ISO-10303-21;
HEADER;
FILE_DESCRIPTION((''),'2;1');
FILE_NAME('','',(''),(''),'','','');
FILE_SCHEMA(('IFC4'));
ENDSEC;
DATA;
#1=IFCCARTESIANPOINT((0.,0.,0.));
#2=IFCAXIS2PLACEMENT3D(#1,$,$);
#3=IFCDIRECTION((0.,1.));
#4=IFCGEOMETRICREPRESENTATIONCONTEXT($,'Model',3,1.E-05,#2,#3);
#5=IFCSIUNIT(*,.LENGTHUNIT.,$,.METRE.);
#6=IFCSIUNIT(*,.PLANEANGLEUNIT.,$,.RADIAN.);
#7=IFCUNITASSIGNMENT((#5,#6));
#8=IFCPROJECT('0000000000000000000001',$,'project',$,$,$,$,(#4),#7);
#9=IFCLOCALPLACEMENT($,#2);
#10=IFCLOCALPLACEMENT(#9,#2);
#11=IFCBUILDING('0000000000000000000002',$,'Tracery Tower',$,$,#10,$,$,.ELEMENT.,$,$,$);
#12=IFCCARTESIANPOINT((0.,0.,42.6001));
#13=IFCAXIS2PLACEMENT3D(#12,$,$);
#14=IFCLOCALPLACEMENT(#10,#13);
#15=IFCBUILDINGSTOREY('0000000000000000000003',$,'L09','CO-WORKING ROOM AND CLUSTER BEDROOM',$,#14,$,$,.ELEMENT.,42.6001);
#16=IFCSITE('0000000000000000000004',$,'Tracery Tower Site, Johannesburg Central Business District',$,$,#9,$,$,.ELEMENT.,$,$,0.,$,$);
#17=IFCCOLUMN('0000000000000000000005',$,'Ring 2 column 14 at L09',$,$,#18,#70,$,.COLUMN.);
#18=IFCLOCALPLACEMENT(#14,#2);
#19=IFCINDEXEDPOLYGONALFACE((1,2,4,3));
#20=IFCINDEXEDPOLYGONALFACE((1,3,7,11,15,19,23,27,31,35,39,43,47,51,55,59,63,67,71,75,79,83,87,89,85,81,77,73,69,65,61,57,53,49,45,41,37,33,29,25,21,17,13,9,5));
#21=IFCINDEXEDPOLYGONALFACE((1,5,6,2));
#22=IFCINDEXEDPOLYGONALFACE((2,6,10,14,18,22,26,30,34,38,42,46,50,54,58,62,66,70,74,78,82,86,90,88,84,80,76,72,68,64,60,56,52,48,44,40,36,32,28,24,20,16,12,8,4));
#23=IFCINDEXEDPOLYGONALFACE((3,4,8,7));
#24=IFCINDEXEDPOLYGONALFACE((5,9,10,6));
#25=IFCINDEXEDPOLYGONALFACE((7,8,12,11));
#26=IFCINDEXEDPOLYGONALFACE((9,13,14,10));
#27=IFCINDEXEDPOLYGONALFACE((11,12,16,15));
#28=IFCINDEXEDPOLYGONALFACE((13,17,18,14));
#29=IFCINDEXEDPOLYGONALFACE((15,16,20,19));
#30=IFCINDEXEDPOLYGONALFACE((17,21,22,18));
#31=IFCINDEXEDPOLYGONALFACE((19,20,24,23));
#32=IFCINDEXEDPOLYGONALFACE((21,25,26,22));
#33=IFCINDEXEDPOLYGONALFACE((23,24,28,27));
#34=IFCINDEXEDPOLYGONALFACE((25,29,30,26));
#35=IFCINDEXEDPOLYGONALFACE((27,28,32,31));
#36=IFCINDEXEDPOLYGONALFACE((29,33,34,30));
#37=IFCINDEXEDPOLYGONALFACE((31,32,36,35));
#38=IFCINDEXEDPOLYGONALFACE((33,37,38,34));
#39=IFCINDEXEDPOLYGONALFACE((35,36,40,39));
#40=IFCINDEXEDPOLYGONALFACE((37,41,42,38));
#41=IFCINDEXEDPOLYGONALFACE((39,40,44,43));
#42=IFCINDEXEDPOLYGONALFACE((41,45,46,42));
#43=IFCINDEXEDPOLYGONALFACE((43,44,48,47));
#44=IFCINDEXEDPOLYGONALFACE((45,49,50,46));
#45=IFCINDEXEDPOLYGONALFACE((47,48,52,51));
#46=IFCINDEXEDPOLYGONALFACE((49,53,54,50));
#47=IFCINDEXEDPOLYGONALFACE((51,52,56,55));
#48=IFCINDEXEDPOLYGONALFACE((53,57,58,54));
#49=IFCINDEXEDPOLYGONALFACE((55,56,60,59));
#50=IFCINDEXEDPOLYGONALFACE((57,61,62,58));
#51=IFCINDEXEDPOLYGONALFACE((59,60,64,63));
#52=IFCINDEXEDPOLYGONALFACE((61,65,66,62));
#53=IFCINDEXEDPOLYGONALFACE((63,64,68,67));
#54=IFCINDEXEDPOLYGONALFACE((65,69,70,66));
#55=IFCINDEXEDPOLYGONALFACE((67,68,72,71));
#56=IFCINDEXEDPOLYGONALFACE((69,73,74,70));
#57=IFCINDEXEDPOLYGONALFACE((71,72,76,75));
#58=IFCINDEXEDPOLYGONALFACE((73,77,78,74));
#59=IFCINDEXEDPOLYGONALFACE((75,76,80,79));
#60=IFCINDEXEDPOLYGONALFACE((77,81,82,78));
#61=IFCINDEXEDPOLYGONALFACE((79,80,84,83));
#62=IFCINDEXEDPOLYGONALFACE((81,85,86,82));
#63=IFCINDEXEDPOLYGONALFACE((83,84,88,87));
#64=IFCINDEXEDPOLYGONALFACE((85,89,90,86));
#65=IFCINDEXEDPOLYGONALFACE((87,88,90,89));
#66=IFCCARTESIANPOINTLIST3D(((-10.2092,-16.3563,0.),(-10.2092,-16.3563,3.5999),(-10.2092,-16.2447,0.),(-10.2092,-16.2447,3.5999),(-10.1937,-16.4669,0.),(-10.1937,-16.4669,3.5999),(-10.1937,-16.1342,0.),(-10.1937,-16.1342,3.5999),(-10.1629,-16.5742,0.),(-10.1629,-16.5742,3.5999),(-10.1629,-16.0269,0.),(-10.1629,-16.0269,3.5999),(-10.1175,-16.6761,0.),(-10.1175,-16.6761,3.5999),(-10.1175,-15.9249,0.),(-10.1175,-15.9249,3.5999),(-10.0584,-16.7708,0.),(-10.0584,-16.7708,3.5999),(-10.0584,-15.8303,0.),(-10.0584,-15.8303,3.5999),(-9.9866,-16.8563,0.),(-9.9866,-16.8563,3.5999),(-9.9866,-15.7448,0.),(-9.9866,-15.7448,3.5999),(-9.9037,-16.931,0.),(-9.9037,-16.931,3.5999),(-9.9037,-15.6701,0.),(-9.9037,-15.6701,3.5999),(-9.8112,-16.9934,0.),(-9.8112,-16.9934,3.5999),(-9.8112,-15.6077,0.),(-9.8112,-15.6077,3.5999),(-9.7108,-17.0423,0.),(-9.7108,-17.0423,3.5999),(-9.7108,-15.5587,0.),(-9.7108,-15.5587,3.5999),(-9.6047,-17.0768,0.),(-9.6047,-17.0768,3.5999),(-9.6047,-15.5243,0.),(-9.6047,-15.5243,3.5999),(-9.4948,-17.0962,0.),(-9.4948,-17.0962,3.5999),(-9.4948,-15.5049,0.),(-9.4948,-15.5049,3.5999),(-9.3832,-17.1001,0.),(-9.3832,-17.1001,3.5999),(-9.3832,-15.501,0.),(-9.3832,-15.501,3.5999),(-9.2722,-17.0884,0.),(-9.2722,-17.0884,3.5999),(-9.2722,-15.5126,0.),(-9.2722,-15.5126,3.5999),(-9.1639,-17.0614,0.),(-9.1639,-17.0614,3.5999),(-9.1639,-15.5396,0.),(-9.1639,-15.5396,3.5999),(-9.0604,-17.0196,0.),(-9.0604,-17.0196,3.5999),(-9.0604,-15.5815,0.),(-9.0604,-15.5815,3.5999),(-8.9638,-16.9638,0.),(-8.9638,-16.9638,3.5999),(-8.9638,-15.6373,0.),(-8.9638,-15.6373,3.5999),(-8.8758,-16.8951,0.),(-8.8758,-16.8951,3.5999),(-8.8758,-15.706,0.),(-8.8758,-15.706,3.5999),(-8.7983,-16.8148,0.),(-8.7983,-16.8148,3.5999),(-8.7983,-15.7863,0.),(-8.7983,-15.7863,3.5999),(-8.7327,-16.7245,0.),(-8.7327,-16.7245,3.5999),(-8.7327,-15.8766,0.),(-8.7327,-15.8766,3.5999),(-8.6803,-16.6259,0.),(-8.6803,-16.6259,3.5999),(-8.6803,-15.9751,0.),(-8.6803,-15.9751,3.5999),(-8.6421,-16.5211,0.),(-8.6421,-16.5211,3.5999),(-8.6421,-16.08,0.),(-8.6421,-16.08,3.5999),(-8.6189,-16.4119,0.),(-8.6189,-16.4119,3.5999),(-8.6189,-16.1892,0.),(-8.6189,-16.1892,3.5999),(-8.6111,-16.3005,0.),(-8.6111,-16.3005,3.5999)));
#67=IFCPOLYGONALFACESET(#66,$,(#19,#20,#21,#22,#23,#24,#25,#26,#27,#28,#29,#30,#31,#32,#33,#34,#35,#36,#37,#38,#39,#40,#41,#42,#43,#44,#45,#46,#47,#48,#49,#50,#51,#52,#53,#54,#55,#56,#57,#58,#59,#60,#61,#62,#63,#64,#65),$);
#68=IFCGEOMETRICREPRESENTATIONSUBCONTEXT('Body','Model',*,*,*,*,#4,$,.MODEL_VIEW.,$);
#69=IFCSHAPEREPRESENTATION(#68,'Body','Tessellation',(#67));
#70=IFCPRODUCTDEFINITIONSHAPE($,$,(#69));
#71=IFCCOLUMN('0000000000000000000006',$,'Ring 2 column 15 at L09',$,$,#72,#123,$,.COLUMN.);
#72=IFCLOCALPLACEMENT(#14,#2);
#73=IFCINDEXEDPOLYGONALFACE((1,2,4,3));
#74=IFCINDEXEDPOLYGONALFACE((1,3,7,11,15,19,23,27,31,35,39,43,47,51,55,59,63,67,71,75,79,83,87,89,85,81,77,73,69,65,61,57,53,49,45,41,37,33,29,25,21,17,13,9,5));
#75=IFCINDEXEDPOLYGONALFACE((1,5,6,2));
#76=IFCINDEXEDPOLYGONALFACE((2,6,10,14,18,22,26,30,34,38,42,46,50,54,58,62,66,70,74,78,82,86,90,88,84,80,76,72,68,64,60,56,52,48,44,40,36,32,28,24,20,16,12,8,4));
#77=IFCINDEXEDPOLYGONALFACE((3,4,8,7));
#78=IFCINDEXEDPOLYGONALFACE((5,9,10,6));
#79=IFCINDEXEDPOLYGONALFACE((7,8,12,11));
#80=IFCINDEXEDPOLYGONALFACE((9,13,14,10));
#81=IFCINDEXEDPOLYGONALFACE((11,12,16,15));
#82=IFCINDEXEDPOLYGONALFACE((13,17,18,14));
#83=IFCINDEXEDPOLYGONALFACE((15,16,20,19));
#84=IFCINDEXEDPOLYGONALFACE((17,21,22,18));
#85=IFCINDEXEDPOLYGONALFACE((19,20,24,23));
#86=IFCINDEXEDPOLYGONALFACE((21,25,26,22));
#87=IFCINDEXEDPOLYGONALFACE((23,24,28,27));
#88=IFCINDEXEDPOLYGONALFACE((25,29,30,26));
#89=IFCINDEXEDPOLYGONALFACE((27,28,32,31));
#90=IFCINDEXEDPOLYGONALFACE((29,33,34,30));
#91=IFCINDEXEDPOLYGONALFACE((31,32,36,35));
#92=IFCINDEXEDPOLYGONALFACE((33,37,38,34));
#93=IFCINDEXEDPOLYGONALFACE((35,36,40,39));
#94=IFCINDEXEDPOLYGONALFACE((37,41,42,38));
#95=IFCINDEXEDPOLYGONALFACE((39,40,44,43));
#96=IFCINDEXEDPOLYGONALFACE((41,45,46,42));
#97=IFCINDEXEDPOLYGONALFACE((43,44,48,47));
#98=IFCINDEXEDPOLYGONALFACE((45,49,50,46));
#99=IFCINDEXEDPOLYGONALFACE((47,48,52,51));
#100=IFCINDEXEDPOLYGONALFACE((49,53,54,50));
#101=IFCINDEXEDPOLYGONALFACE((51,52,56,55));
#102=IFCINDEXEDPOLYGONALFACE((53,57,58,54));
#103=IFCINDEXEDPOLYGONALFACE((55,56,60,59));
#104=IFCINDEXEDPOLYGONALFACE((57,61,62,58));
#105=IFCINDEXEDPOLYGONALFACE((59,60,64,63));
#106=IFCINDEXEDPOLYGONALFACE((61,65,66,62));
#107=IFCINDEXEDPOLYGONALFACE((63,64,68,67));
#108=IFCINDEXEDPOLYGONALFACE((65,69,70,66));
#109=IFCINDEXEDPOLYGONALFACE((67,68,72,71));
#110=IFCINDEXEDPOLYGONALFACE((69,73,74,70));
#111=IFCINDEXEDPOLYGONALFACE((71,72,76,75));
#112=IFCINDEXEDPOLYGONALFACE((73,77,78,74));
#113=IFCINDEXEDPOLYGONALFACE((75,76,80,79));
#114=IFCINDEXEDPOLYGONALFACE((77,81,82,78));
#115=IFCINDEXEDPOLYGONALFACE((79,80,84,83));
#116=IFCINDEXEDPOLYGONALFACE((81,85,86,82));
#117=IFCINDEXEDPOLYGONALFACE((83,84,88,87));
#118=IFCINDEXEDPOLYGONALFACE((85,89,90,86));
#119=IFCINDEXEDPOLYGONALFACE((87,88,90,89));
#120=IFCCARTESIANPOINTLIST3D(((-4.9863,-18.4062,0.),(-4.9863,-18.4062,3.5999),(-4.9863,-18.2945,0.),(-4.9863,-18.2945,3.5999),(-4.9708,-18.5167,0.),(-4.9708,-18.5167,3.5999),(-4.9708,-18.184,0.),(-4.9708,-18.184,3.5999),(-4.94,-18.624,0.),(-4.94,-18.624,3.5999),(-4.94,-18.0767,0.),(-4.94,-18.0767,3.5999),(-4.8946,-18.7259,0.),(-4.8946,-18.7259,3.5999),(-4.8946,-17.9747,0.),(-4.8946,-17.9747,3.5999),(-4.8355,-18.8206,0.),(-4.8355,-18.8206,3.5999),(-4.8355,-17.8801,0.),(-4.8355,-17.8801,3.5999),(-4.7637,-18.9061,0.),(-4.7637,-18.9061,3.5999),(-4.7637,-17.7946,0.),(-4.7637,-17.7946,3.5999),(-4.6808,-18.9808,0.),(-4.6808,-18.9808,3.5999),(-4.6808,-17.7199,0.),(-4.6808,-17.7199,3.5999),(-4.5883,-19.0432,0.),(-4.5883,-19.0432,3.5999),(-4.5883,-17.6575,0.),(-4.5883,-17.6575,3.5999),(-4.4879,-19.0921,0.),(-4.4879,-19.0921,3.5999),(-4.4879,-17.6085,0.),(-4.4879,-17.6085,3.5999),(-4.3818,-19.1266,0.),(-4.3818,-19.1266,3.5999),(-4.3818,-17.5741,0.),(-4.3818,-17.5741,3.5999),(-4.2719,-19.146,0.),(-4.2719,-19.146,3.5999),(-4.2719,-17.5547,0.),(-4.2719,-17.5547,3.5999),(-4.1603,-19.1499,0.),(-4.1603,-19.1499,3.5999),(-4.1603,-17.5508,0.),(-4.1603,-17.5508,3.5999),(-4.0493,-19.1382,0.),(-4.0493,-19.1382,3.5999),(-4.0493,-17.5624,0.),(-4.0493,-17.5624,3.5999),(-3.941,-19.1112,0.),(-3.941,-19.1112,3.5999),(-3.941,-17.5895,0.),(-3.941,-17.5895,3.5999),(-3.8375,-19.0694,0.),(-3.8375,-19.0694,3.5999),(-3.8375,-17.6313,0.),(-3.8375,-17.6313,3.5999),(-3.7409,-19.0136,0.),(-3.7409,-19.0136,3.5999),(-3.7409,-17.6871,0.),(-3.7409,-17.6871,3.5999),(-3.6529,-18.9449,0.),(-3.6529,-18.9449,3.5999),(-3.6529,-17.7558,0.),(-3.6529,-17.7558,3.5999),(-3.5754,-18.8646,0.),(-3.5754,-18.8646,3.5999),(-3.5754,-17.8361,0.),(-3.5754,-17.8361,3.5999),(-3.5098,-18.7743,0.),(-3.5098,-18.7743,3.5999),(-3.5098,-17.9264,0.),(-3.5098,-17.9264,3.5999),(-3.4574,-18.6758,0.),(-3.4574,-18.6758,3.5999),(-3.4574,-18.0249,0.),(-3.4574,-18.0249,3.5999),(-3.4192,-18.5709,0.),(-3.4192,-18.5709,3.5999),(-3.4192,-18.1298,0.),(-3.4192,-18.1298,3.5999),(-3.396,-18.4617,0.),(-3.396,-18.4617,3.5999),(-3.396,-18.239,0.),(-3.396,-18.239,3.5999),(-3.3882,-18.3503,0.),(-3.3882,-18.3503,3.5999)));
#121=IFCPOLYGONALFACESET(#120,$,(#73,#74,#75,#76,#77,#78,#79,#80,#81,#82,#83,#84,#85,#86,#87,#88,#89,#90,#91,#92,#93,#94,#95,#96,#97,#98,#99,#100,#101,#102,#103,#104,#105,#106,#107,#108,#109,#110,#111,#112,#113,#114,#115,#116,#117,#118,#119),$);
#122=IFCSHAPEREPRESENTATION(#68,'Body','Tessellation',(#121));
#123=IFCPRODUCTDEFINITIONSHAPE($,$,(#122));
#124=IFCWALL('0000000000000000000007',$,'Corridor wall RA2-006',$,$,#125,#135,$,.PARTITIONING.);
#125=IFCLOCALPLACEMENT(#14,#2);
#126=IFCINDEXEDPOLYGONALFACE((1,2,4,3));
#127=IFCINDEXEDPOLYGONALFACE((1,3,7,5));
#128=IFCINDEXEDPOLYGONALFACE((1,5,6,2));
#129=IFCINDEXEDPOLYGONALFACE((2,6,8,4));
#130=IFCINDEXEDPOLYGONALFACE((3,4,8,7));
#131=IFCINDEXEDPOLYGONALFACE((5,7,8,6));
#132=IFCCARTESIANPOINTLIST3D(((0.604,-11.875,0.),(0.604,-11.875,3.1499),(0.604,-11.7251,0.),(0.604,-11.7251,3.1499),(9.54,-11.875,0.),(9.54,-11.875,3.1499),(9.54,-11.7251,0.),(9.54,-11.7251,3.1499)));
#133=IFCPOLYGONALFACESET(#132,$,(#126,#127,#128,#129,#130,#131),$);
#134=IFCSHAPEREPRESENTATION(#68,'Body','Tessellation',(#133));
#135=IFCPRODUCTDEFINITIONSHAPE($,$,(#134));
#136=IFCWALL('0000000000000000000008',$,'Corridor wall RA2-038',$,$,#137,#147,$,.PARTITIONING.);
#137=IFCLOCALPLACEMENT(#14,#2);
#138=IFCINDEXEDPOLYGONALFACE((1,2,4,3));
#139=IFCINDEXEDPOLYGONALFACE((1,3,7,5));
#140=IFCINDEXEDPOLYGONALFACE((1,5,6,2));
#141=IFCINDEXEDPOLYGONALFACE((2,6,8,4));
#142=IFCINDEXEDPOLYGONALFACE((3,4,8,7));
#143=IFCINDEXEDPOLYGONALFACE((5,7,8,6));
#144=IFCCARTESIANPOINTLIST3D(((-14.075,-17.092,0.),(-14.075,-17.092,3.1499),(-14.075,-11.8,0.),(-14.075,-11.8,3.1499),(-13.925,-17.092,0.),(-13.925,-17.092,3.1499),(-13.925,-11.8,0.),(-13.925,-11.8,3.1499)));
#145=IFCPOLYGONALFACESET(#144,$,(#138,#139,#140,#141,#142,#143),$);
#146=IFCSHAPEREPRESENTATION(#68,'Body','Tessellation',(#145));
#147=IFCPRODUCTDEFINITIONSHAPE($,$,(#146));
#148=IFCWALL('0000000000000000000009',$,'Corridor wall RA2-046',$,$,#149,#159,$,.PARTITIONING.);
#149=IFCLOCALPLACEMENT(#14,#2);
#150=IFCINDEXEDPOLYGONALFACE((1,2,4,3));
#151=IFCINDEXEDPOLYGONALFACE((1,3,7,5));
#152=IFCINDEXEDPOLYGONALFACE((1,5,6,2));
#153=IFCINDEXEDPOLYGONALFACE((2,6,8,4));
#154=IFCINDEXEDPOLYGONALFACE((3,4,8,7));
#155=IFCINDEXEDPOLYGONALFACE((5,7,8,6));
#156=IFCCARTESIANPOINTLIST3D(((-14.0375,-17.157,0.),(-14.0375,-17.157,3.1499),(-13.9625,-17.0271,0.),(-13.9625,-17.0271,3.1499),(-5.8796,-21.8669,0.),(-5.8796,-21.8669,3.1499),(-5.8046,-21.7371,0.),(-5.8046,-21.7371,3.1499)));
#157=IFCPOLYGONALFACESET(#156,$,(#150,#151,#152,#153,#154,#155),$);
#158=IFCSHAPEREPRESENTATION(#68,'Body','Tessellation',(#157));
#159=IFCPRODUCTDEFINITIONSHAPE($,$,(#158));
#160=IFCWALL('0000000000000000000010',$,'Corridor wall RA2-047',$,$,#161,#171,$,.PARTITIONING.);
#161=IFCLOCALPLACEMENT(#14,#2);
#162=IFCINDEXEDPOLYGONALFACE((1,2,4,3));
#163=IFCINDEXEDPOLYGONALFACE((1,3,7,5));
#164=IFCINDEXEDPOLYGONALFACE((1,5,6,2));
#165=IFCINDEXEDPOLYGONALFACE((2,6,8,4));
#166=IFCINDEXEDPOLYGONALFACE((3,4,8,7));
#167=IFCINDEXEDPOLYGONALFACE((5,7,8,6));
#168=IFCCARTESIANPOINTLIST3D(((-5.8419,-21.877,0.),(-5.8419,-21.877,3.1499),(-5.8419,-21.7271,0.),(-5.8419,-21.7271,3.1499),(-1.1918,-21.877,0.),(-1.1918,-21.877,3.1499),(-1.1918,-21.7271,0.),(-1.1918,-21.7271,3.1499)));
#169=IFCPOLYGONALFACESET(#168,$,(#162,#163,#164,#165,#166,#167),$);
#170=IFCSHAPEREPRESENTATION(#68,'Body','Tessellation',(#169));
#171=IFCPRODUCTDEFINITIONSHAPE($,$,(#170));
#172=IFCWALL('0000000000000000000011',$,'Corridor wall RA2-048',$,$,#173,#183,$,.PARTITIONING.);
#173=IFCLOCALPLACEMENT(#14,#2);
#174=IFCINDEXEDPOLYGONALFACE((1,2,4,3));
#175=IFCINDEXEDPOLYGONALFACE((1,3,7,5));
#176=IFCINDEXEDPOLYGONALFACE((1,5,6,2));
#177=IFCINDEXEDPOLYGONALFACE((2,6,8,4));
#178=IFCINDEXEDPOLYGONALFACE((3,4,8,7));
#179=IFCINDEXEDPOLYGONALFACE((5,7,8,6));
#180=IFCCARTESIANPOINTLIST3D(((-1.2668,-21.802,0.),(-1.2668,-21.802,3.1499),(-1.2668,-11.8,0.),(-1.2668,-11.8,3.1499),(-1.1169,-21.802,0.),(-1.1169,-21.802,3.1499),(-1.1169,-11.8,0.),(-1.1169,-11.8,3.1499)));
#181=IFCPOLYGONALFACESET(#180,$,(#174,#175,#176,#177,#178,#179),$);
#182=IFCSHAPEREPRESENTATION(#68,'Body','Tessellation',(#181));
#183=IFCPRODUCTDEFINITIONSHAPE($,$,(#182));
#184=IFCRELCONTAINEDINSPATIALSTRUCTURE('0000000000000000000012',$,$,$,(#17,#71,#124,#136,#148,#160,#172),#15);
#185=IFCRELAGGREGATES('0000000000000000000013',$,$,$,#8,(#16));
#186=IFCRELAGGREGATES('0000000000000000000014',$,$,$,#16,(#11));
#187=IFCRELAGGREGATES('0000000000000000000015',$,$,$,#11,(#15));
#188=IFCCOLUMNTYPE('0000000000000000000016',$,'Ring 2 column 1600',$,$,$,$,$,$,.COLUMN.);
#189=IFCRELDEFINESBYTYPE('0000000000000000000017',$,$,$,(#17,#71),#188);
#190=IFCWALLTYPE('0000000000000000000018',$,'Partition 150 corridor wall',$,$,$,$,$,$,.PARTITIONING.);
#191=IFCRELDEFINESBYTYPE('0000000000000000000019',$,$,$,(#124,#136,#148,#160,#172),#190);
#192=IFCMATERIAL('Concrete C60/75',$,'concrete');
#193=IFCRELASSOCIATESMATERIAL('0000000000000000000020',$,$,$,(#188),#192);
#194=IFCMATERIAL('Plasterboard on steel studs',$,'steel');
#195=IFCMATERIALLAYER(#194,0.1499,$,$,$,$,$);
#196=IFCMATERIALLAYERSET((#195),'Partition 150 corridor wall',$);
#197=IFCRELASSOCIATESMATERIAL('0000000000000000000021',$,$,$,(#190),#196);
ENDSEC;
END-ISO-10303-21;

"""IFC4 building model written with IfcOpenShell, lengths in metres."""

from ifc_helpers import new_model, si_unit, direction, frame, frame_2d, origin, origin_2d, place, context, subcontext, project, spatial, rectangle, circle, extrude, material, layer, layer_set, material_profile, profile_set, type_object, element, save


model = new_model("IFC4")

# Units and contexts
model_context = context("Model", 3, precision=1e-05, world=origin(), true_north=direction((0.0, 1.0)))
body_context = subcontext(model_context, "Body", "Model", "MODEL_VIEW")
ifc_project = project(units=[si_unit("LENGTHUNIT", "METRE"), si_unit("PLANEANGLEUNIT", "RADIAN")], contexts=[model_context])

# Site, building, storey
site_placement = place(None, origin())
site = spatial("IfcSite", under=ifc_project, at=site_placement, Name="Tracery Tower Site, Johannesburg Central Business District", CompositionType="ELEMENT", RefElevation=0.0)
building_placement = place(site_placement, origin())
building = spatial("IfcBuilding", under=site, at=building_placement, Name="Tracery Tower", CompositionType="ELEMENT")
storey_placement = place(building_placement, frame((0.0, 0.0, 42.6001)))
storey = spatial("IfcBuildingStorey", under=building, at=storey_placement, Name="L09", Description="CO-WORKING ROOM AND CLUSTER BEDROOM", CompositionType="ELEMENT", Elevation=42.6001)

# Columns
ifc_material_1 = material(Name="Concrete C60/75", Category="concrete")
ifc_material_profile_1 = material_profile(ifc_material_1, circle(Radius=0.8, at=origin_2d()), Name="RC D1600")
ifc_profile_set_1 = profile_set([ifc_material_profile_1], Name="Concrete C60/75")
column_type_1 = type_object("IfcColumnType", Name="Ring 2 column 1600", PredefinedType="COLUMN", material=ifc_profile_set_1)
for number, where, z_axis, x_axis, name in (
    (1, (-9.4111, -16.3005, 0.0), (0.0, 0.0, 1.0), (1.0, 0.0, 0.0), "Ring 2 column 14 at L09"),
    (2, (-4.1882, -18.3503, 0.0), (0.0, 0.0, 1.0), (1.0, 0.0, 0.0), "Ring 2 column 15 at L09"),
):
    element("IfcColumn", number, at=place(storey_placement, frame(where, z_axis=z_axis, x_axis=x_axis)), inside=storey, type_object=column_type_1, Name=name, PredefinedType="COLUMN", context=body_context, shape_type="SweptSolid", body=[
        extrude(circle(Radius=0.8, at=origin_2d()), origin(), (0.0, 0.0, 1.0), 3.5999),
    ])

# Walls
ifc_material_2 = material(Name="Plasterboard on steel studs", Category="steel")
ifc_layer_1 = layer(ifc_material_2, 0.1499)
ifc_layer_set_1 = layer_set([ifc_layer_1], Name="Partition 150 corridor wall")
wall_type_1 = type_object("IfcWallType", Name="Partition 150 corridor wall", PredefinedType="PARTITIONING", material=ifc_layer_set_1)
wall_1_placement = place(storey_placement, frame((0.604, -11.8, 0.0), z_axis=(0.0, 0.0, 1.0), x_axis=(1.0, 0.0, 0.0)))
element("IfcWall", 3, at=wall_1_placement, inside=storey, type_object=wall_type_1, Name="Corridor wall RA2-006", PredefinedType="PARTITIONING", context=body_context, shape_type="SweptSolid", body=[
    extrude(rectangle(XDim=8.936, YDim=0.1499, at=frame_2d((4.468, 0.0))), origin(), (0.0, 0.0, 1.0), 3.1499),
])
wall_2_placement = place(storey_placement, frame((-14.0, -17.092, 0.0), z_axis=(0.0, 0.0, 1.0), x_axis=(0.0, 1.0, 0.0)))
element("IfcWall", 4, at=wall_2_placement, inside=storey, type_object=wall_type_1, Name="Corridor wall RA2-038", PredefinedType="PARTITIONING", context=body_context, shape_type="SweptSolid", body=[
    extrude(rectangle(XDim=5.292, YDim=0.1499, at=frame_2d((2.646, 0.0))), origin(), (0.0, 0.0, 1.0), 3.1499),
])
wall_3_placement = place(storey_placement, frame((-14.0, -17.092, 0.0), z_axis=(0.0, 0.0, 1.0), x_axis=(0.866027, -0.499997, 0.0)))
element("IfcWall", 5, at=wall_3_placement, inside=storey, type_object=wall_type_1, Name="Corridor wall RA2-046", PredefinedType="PARTITIONING", context=body_context, shape_type="SweptSolid", body=[
    extrude(rectangle(XDim=9.4199, YDim=0.1499, at=frame_2d((4.71, 0.0))), origin(), (0.0, 0.0, 1.0), 3.1499),
])
wall_4_placement = place(storey_placement, frame((-5.842, -21.802, 0.0), z_axis=(0.0, 0.0, 1.0), x_axis=(1.0, 0.0, 0.0)))
element("IfcWall", 6, at=wall_4_placement, inside=storey, type_object=wall_type_1, Name="Corridor wall RA2-047", PredefinedType="PARTITIONING", context=body_context, shape_type="SweptSolid", body=[
    extrude(rectangle(XDim=4.6501, YDim=0.1499, at=frame_2d((2.3252, 0.0))), origin(), (0.0, 0.0, 1.0), 3.1499),
])
wall_5_placement = place(storey_placement, frame((-1.1919, -21.802, 0.0), z_axis=(0.0, 0.0, 1.0), x_axis=(0.0, 1.0, 0.0)))
element("IfcWall", 7, at=wall_5_placement, inside=storey, type_object=wall_type_1, Name="Corridor wall RA2-048", PredefinedType="PARTITIONING", context=body_context, shape_type="SweptSolid", body=[
    extrude(rectangle(XDim=10.002, YDim=0.1499, at=frame_2d((5.001, 0.0))), origin(), (0.0, 0.0, 1.0), 3.1499),
])

save(model, "model.ifc")
